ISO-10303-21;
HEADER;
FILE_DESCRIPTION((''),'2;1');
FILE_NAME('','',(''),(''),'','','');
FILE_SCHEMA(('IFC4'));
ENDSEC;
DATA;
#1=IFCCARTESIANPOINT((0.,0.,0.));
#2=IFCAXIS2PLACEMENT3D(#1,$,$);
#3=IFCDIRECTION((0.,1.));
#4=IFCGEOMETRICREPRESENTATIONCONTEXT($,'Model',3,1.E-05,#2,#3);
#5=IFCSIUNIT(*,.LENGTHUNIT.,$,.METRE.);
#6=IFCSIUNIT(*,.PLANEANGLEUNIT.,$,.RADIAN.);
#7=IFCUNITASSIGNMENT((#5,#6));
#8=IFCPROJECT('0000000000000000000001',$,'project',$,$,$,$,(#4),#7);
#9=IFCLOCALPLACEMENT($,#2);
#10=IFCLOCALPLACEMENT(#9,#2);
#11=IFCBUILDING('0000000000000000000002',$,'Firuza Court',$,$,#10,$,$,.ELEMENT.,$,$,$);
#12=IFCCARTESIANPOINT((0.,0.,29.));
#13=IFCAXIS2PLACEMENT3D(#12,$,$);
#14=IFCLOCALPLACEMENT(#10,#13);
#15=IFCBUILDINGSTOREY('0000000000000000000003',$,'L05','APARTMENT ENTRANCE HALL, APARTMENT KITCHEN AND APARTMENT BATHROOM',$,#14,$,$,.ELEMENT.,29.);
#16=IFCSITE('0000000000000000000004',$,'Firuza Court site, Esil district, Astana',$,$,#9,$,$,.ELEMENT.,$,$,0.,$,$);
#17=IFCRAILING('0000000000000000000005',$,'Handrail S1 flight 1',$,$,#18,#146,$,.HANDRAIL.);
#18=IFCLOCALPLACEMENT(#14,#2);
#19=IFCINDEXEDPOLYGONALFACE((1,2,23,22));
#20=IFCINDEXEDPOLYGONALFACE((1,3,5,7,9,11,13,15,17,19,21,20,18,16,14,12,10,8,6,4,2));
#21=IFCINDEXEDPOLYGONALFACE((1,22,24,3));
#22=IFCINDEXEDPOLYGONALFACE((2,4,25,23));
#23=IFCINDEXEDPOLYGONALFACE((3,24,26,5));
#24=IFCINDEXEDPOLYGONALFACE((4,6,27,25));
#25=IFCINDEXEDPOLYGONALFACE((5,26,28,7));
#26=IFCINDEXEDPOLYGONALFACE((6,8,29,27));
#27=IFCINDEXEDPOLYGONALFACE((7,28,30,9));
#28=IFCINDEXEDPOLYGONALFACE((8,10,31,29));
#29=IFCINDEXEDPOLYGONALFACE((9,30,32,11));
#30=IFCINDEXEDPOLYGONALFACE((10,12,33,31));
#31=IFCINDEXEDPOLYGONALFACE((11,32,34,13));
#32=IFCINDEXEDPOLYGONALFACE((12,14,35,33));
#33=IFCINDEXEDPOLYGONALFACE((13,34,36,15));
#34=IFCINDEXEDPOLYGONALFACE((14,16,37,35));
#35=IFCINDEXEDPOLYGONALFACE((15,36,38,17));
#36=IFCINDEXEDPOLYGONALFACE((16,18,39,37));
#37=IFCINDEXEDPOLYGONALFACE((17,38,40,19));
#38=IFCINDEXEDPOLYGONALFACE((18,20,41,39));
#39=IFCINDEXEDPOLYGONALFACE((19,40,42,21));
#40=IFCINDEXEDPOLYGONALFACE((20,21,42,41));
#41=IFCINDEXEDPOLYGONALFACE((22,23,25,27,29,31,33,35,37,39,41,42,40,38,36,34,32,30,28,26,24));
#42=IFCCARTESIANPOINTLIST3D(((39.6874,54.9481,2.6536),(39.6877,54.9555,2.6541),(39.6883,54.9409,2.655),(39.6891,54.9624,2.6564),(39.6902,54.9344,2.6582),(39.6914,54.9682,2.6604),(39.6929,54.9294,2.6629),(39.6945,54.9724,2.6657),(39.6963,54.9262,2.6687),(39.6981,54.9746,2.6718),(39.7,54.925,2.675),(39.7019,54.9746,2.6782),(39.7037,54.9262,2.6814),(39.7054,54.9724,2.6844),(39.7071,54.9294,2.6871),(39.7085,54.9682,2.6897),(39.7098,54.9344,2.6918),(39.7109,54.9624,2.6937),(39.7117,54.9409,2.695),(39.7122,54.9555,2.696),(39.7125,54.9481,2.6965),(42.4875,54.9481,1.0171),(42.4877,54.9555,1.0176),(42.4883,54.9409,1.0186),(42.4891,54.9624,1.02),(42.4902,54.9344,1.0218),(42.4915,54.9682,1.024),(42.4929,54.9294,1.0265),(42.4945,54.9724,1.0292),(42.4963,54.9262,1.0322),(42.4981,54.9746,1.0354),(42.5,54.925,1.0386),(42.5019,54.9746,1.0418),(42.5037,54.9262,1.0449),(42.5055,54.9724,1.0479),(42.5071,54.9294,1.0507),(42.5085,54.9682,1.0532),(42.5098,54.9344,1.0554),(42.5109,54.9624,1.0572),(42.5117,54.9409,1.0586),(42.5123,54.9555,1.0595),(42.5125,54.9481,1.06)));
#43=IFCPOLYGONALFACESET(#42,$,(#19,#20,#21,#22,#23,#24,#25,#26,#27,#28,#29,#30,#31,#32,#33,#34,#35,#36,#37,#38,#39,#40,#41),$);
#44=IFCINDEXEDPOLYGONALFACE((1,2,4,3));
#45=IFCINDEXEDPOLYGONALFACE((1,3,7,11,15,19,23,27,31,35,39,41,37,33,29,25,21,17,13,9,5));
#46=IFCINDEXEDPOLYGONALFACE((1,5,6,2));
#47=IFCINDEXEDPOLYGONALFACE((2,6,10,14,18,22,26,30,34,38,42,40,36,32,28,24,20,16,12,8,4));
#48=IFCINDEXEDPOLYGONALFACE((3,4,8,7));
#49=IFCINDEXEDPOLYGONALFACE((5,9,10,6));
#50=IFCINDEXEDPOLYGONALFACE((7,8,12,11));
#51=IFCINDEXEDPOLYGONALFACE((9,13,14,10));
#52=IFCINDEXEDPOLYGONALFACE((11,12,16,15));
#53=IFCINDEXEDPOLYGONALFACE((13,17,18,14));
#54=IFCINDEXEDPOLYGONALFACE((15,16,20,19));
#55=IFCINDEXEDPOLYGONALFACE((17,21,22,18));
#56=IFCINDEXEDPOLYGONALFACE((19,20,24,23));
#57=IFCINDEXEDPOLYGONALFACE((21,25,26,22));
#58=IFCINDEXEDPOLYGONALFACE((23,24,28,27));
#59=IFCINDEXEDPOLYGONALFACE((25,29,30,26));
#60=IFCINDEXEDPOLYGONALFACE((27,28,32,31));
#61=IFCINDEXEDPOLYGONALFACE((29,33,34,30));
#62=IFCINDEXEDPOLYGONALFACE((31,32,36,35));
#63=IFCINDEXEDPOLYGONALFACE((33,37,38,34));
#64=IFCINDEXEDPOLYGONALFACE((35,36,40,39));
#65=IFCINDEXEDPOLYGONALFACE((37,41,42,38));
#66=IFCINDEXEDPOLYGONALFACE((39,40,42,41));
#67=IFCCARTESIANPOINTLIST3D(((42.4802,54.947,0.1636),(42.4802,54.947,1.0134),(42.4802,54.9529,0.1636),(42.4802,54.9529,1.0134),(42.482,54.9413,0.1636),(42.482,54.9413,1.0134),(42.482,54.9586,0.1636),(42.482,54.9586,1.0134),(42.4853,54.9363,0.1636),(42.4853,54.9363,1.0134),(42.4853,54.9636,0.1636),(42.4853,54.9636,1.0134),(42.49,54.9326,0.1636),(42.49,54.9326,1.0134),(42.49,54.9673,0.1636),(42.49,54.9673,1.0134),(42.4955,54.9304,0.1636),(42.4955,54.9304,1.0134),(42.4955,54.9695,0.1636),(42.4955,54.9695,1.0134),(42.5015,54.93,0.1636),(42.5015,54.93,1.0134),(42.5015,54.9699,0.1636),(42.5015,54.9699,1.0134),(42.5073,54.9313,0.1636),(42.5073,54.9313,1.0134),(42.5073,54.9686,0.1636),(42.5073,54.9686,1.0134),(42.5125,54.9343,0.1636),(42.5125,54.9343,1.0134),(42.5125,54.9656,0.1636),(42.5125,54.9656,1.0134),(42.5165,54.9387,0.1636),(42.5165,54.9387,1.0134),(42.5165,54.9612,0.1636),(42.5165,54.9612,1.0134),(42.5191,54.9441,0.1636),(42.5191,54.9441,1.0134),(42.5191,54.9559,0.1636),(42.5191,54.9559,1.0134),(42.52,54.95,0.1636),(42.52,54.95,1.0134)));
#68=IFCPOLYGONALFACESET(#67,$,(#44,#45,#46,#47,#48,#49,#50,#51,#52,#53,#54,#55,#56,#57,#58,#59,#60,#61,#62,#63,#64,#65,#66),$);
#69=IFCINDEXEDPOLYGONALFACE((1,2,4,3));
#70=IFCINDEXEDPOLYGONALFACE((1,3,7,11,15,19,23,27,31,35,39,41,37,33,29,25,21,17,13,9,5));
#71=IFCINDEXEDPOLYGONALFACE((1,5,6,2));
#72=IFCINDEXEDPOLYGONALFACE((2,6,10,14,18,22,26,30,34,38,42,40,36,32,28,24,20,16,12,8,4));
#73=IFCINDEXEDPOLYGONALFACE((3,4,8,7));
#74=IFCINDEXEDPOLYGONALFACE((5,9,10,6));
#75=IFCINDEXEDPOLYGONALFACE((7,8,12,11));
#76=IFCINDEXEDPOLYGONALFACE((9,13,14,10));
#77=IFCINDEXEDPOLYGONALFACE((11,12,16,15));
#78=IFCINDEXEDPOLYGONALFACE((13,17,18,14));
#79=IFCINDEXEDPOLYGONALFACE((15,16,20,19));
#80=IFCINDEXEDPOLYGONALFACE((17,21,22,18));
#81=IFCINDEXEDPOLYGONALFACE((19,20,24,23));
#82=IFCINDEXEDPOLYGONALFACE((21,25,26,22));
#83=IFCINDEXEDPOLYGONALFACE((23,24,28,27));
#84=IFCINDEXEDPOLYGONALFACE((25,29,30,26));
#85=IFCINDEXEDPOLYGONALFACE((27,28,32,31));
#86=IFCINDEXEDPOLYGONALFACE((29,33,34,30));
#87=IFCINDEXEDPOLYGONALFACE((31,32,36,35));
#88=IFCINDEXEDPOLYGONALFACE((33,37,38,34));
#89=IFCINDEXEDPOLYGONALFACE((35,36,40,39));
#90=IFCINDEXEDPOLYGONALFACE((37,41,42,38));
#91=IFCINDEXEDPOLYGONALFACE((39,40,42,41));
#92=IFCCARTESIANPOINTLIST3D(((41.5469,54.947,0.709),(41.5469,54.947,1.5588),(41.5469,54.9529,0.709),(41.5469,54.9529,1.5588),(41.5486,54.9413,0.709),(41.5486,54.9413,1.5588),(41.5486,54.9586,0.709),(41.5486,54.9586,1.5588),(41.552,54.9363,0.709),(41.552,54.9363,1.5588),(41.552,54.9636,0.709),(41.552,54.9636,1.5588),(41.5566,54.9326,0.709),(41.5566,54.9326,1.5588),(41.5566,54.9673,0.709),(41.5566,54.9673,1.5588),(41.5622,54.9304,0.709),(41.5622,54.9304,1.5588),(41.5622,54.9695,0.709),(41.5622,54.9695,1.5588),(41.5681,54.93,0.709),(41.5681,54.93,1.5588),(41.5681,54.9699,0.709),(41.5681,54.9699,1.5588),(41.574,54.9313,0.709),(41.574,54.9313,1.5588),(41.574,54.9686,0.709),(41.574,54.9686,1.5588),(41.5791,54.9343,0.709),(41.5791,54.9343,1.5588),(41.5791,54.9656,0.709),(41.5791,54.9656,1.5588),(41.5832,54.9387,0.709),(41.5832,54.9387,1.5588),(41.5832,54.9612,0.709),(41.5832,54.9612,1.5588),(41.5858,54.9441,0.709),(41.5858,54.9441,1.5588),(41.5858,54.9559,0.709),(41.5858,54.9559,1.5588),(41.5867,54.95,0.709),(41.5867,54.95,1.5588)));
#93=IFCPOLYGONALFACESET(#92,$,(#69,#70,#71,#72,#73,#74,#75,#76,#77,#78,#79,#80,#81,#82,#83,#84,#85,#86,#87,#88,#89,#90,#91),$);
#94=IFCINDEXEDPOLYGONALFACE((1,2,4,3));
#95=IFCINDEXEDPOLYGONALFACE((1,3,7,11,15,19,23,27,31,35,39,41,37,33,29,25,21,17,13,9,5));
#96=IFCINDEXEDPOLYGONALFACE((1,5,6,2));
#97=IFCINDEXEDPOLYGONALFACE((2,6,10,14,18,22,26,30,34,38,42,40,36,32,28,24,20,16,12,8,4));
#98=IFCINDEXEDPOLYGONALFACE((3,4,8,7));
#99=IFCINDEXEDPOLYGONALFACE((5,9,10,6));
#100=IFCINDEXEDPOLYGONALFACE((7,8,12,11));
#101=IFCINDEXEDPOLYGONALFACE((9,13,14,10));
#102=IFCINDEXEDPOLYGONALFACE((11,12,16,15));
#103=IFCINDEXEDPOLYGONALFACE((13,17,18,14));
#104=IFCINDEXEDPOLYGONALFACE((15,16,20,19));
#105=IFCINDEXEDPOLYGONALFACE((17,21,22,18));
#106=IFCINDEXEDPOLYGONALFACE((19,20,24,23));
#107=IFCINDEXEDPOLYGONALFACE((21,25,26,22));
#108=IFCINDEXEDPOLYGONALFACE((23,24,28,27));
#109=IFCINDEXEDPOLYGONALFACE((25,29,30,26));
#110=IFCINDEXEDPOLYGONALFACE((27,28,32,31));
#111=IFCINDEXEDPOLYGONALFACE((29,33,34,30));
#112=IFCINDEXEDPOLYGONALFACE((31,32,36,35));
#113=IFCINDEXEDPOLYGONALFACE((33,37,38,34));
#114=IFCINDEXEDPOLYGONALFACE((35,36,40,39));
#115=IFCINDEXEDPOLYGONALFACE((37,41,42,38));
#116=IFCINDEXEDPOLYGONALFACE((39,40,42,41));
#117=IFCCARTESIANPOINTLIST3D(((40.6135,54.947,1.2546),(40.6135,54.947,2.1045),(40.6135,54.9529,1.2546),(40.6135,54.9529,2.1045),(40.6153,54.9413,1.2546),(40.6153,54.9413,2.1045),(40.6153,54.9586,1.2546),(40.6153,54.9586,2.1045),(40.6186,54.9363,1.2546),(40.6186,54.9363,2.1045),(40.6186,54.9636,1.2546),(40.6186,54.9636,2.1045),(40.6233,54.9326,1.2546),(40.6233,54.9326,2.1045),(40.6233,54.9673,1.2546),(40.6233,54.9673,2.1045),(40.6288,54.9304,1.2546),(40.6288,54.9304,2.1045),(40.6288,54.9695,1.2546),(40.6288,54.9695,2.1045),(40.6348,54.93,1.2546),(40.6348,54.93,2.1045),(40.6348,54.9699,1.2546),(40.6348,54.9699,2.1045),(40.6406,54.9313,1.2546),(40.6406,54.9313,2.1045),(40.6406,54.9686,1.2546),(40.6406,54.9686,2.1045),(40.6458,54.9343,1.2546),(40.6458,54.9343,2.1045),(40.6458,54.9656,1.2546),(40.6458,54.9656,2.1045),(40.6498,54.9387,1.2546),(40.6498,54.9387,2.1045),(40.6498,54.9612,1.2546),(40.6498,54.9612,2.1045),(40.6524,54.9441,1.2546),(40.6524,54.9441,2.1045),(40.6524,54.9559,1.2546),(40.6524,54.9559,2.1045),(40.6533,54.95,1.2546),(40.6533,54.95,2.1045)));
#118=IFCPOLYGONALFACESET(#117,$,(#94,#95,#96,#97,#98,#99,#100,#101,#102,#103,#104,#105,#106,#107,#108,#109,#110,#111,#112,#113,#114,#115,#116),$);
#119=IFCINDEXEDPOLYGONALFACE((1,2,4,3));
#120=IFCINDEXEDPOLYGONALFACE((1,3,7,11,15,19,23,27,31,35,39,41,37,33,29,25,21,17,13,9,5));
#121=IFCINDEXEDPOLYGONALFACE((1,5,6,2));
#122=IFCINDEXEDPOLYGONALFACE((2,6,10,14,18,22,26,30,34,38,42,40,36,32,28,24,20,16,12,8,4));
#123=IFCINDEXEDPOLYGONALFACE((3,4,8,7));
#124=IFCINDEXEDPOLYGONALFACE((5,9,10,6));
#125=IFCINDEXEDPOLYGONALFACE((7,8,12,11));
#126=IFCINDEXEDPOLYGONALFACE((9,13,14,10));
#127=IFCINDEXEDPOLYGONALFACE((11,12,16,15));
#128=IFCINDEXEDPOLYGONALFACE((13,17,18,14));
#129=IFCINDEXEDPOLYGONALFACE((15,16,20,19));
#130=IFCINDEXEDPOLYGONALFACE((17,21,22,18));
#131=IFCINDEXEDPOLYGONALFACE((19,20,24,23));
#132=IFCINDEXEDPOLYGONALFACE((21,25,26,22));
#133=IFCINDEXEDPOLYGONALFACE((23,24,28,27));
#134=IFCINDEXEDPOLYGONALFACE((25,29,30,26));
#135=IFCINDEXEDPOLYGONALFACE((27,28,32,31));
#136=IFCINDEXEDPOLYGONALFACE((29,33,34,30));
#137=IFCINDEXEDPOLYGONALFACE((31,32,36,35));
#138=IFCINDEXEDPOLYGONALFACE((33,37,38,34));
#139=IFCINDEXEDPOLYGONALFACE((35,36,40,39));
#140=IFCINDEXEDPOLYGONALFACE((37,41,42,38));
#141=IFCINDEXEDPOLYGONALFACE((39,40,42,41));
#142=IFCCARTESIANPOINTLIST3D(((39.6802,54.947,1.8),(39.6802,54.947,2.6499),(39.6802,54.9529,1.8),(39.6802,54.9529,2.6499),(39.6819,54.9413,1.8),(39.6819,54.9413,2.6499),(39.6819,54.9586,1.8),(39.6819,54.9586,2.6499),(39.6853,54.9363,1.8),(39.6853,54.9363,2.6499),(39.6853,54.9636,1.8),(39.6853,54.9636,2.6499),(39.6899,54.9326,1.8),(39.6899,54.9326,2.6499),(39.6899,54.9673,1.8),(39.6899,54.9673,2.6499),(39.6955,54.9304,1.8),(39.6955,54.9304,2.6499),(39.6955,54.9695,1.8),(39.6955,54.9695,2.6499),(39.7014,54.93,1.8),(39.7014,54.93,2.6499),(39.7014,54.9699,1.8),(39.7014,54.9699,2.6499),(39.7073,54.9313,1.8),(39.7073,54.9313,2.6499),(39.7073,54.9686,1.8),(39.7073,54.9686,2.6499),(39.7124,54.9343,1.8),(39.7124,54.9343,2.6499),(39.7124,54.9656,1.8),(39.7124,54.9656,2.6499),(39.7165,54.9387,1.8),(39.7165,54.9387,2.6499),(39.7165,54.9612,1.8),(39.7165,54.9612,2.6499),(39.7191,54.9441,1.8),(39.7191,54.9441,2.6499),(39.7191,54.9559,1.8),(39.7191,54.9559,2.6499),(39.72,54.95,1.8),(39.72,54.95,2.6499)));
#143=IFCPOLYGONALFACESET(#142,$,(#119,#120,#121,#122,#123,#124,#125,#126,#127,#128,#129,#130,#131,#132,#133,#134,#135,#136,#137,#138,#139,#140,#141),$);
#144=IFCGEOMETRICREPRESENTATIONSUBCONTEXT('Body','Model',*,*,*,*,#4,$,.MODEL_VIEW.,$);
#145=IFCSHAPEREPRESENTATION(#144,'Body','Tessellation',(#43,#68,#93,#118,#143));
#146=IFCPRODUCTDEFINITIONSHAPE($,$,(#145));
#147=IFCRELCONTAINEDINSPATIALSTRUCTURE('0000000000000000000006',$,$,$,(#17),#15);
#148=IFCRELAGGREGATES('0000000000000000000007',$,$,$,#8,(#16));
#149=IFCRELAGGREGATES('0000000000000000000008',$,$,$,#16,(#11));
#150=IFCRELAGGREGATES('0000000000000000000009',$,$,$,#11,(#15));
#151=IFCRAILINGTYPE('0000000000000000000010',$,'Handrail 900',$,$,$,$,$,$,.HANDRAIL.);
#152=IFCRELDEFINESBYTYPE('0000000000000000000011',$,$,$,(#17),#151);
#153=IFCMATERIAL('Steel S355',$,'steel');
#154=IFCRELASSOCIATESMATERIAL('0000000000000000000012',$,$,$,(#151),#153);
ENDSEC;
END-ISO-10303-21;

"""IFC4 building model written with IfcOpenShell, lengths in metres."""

from ifc_helpers import new_model, si_unit, direction, frame, origin, origin_2d, place, context, subcontext, project, spatial, circle, extrude, material, type_object, element, save


model = new_model("IFC4")

# Units and contexts
model_context = context("Model", 3, precision=1e-05, world=origin(), true_north=direction((0.0, 1.0)))
body_context = subcontext(model_context, "Body", "Model", "MODEL_VIEW")
ifc_project = project(units=[si_unit("LENGTHUNIT", "METRE"), si_unit("PLANEANGLEUNIT", "RADIAN")], contexts=[model_context])

# Site, building, storey
site_placement = place(None, origin())
site = spatial("IfcSite", under=ifc_project, at=site_placement, Name="Firuza Court site, Esil district, Astana", CompositionType="ELEMENT", RefElevation=0.0)
building_placement = place(site_placement, origin())
building = spatial("IfcBuilding", under=site, at=building_placement, Name="Firuza Court", CompositionType="ELEMENT")
storey_placement = place(building_placement, frame((0.0, 0.0, 29.0)))
storey = spatial("IfcBuildingStorey", under=building, at=storey_placement, Name="L05", Description="APARTMENT ENTRANCE HALL, APARTMENT KITCHEN AND APARTMENT BATHROOM", CompositionType="ELEMENT", Elevation=29.0)

# Railing
ifc_material_1 = material(Name="Steel S355", Category="steel")
railing_type_1 = type_object("IfcRailingType", Name="Handrail 900", PredefinedType="HANDRAIL", material=ifc_material_1)
railing_1_placement = place(storey_placement, frame((42.5, 54.95, 0.1636)))
element("IfcRailing", 1, at=railing_1_placement, inside=storey, type_object=railing_type_1, Name="Handrail S1 flight 1", PredefinedType="HANDRAIL", context=body_context, shape_type="SweptSolid", body=[
    extrude(circle(Radius=0.0249, at=origin_2d()), frame((0.0, 0.0, 0.875), z_axis=(-0.863361, 0.0, 0.504587), x_axis=(0.0, -1.0, 0.0)), (0.0, 0.0, 1.0), 3.2432),
    extrude(circle(Radius=0.02, at=origin_2d()), origin(), (0.0, 0.0, 1.0), 0.8499),
    extrude(circle(Radius=0.02, at=origin_2d()), frame((-0.9333, 0.0, 0.5454)), (0.0, 0.0, 1.0), 0.8499),
    extrude(circle(Radius=0.02, at=origin_2d()), frame((-1.8667, 0.0, 1.0911)), (0.0, 0.0, 1.0), 0.8499),
    extrude(circle(Radius=0.02, at=origin_2d()), frame((-2.8, 0.0, 1.6365)), (0.0, 0.0, 1.0), 0.8499),
])

save(model, "model.ifc")
